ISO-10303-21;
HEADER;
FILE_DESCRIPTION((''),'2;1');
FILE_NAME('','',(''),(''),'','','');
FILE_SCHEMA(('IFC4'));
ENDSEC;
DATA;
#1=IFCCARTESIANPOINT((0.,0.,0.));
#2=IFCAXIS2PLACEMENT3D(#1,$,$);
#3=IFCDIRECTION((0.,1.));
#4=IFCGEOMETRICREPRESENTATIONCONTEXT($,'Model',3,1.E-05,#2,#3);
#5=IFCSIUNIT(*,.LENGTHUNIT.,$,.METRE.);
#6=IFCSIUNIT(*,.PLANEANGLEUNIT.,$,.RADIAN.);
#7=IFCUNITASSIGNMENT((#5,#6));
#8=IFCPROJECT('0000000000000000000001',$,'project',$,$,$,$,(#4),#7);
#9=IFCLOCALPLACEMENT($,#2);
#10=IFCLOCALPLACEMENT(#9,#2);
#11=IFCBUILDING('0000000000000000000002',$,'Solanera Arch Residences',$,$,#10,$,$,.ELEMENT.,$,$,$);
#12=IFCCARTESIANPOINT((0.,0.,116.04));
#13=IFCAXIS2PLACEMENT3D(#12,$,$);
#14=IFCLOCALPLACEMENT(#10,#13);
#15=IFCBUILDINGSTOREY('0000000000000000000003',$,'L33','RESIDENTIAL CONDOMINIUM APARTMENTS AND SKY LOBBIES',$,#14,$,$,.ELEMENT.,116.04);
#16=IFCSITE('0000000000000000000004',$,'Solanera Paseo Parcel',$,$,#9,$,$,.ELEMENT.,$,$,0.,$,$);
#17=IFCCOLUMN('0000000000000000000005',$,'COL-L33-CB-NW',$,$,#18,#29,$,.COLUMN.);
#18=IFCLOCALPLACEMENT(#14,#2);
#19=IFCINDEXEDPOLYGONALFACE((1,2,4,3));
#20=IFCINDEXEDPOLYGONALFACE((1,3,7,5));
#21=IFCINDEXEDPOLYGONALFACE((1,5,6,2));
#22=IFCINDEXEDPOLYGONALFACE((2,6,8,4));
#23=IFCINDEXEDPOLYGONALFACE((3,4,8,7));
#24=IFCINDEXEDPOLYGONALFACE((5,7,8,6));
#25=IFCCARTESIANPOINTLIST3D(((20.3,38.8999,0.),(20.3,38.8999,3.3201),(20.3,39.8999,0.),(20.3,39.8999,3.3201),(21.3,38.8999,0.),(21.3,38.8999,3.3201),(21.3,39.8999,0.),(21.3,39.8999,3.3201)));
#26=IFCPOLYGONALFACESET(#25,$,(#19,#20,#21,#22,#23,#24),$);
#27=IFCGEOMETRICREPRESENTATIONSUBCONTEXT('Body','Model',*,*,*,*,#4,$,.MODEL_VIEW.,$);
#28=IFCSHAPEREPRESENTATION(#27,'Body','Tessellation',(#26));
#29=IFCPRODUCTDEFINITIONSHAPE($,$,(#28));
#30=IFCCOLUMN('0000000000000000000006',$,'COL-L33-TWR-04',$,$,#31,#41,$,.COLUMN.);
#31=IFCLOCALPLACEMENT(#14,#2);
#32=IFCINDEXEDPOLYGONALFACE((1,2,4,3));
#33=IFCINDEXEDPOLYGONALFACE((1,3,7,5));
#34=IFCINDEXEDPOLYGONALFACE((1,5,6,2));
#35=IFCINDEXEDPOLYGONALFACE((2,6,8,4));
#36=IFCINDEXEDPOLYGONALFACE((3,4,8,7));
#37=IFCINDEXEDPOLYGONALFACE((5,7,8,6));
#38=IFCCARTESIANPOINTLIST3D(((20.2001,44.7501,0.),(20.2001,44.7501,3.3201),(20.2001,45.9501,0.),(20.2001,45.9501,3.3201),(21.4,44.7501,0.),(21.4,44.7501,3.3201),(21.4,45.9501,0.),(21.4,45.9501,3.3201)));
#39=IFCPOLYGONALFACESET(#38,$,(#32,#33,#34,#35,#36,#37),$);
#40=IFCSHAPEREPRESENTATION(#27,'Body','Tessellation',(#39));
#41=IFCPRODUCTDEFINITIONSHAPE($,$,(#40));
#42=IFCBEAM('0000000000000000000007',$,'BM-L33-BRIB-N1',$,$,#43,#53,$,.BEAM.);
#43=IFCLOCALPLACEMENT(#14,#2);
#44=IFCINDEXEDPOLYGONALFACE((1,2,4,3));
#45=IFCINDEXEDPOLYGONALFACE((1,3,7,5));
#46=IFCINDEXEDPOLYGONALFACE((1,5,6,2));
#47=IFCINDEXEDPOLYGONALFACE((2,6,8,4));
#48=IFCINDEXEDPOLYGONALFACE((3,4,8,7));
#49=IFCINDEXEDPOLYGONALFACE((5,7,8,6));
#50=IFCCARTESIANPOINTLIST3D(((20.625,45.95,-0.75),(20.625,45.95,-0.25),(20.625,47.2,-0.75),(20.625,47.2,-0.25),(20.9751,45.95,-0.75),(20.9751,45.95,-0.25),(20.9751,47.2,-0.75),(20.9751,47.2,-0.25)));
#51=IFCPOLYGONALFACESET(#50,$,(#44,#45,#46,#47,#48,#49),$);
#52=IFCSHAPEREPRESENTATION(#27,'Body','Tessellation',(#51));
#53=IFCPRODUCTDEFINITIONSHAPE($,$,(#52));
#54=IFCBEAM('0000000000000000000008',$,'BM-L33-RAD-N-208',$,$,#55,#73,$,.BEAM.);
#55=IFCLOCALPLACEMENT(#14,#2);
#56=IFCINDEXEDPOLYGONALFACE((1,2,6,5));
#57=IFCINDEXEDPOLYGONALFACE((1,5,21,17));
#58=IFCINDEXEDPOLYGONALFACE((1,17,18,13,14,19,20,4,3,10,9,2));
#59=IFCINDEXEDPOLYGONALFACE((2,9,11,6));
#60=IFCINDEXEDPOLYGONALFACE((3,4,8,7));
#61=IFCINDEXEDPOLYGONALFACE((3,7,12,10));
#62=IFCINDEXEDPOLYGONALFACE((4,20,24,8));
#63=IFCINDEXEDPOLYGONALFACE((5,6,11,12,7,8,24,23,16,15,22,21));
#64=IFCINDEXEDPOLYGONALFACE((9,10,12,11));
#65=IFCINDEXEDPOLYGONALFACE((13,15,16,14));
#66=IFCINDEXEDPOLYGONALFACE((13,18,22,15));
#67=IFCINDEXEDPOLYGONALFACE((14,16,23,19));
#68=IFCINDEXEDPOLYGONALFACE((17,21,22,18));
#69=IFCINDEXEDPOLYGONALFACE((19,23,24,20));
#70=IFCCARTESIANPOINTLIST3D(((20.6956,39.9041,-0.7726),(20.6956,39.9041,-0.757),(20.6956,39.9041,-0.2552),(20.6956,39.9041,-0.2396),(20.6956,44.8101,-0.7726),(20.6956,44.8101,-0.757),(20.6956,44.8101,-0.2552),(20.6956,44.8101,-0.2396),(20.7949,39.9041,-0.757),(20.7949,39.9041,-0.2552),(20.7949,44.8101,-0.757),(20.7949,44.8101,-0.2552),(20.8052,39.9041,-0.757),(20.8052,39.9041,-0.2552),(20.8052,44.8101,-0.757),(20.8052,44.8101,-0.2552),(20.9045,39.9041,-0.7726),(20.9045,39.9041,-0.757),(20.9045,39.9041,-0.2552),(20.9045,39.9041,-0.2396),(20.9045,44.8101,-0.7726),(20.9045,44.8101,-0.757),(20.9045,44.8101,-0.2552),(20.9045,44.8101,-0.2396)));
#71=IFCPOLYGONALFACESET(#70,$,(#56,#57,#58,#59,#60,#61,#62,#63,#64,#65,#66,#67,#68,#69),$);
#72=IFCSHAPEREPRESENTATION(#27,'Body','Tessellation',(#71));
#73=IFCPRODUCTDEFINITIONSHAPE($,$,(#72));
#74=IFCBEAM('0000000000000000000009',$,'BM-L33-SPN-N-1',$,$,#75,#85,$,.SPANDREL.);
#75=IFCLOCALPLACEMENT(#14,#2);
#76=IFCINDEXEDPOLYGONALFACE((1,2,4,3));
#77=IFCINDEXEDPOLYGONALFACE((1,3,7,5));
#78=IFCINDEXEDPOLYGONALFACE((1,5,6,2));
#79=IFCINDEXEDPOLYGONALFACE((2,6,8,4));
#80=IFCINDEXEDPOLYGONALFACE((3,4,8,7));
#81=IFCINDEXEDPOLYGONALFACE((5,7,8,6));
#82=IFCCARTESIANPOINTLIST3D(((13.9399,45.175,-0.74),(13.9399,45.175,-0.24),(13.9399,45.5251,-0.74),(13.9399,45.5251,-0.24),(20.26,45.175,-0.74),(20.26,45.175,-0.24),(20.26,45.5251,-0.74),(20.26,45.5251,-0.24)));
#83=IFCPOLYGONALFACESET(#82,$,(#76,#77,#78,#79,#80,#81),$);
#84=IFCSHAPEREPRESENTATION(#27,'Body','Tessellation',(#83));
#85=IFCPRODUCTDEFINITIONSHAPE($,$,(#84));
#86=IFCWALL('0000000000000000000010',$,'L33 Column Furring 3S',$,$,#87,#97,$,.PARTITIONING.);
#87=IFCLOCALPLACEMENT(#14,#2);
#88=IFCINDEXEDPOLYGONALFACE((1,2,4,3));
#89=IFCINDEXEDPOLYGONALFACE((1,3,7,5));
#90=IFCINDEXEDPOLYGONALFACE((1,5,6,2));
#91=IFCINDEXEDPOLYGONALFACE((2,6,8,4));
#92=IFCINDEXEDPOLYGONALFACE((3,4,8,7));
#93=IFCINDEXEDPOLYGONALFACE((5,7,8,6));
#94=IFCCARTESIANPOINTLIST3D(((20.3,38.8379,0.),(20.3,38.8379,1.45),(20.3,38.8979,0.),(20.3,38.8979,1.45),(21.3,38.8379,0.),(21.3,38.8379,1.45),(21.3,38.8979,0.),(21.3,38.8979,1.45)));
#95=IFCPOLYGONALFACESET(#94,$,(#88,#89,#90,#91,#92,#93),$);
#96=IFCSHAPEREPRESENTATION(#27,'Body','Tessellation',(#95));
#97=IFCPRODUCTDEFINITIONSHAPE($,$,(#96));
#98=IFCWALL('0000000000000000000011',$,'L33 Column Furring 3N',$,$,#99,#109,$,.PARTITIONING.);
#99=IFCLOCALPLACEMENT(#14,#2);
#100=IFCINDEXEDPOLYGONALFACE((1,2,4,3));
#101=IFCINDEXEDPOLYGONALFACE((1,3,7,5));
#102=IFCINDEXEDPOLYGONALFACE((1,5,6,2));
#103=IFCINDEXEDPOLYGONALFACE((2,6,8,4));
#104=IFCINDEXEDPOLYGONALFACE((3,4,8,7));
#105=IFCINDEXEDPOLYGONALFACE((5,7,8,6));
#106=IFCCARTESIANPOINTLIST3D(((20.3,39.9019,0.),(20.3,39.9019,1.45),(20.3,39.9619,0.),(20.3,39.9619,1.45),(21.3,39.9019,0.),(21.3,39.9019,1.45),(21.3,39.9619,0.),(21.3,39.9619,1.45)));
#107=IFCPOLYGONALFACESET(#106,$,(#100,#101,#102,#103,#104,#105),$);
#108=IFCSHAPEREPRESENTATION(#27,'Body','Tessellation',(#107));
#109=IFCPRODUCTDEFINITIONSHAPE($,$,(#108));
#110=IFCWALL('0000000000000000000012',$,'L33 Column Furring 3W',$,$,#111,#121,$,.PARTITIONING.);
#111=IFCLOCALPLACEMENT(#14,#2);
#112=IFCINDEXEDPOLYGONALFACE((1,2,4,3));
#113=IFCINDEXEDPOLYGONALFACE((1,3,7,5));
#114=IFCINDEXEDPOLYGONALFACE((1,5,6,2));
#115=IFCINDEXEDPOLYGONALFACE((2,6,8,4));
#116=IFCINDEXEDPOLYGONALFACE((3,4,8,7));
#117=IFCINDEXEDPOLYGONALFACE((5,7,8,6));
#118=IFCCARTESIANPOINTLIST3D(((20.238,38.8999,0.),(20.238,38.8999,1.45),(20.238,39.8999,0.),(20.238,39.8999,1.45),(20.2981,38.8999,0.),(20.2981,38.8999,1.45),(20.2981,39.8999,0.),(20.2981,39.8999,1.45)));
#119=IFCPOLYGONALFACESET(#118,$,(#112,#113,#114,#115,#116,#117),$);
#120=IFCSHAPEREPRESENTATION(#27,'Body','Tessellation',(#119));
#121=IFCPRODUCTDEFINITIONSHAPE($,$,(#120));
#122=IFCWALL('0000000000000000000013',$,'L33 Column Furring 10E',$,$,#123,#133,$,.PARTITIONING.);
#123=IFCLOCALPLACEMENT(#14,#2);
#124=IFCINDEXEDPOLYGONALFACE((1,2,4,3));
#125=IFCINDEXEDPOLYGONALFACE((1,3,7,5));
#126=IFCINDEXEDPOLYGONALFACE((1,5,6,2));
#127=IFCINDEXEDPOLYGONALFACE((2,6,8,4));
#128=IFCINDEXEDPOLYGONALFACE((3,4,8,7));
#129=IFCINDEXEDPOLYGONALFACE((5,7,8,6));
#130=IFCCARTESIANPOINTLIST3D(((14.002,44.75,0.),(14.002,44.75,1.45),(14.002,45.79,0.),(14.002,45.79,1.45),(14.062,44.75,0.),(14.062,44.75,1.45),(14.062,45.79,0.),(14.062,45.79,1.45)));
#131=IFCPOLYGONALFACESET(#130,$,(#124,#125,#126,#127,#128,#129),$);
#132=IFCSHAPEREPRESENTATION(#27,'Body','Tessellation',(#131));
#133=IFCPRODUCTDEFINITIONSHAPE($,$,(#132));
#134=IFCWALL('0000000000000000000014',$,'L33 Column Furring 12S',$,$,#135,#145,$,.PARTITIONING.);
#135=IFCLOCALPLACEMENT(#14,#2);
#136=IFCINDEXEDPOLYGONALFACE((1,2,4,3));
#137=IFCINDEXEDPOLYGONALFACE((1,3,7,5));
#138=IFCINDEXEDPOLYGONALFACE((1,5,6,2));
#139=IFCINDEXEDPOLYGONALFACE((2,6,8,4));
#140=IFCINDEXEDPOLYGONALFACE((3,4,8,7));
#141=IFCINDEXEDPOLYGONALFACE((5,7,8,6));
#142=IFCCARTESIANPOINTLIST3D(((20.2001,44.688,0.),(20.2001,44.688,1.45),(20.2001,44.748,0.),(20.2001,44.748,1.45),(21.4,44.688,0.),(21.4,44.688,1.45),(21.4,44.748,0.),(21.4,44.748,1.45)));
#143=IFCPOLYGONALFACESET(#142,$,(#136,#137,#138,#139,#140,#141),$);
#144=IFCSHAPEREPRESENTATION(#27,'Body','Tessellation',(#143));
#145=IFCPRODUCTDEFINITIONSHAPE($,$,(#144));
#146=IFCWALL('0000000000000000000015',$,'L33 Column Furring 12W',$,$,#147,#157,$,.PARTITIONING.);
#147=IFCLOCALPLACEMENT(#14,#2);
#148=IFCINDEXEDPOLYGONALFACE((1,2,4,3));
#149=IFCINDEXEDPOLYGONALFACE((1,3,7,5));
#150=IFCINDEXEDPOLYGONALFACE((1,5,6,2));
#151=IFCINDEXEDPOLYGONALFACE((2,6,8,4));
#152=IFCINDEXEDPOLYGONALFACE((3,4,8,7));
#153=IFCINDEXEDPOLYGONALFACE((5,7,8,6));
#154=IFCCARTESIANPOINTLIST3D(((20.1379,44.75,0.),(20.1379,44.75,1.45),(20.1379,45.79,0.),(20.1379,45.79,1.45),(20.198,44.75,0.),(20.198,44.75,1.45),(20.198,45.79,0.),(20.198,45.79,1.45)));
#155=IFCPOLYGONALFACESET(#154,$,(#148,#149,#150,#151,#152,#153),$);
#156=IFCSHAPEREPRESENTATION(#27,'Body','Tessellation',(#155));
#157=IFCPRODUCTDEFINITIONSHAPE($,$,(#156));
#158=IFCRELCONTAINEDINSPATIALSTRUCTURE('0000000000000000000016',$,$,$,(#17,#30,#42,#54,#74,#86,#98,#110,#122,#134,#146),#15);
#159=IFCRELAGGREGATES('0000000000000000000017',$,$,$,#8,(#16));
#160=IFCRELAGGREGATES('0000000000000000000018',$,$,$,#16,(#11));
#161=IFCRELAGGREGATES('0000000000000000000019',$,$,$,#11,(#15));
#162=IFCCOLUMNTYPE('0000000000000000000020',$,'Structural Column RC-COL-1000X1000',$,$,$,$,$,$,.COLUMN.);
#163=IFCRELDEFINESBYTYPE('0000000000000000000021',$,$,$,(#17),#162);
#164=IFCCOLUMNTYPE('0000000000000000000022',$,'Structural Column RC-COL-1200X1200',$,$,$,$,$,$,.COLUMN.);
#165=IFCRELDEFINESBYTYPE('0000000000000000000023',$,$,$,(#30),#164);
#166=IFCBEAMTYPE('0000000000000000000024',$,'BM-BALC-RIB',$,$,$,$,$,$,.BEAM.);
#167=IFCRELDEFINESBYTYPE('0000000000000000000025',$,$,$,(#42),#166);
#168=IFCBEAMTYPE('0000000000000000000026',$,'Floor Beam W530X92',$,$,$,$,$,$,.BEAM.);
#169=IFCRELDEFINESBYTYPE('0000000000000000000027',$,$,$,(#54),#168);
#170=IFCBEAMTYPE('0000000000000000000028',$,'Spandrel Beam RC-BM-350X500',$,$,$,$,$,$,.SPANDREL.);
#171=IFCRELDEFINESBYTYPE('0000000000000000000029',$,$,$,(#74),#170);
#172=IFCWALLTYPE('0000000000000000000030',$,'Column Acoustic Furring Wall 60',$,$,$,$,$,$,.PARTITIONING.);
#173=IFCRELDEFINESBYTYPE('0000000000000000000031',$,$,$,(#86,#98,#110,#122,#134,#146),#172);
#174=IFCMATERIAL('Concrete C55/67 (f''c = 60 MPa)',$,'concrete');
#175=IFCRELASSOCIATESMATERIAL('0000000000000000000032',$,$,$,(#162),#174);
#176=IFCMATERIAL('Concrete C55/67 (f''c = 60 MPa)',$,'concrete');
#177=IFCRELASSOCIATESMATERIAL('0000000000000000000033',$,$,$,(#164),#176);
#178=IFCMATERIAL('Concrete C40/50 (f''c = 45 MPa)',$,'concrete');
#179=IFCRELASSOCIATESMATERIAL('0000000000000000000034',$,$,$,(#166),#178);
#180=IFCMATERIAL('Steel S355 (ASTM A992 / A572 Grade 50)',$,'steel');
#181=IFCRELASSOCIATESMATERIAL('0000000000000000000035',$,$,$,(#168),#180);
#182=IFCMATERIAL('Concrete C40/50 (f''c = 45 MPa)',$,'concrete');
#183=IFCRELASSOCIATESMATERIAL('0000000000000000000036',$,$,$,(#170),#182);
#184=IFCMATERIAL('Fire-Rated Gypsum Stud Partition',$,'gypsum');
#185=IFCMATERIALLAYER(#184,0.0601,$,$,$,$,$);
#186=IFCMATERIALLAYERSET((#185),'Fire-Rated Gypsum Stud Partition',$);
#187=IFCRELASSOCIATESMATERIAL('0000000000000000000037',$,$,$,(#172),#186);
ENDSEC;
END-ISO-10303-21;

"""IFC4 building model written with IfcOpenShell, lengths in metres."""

from ifc_helpers import new_model, si_unit, direction, frame, frame_2d, origin, origin_2d, place, context, subcontext, project, spatial, rectangle, i_section, extrude, material, layer, layer_set, material_profile, profile_set, type_object, element, save


model = new_model("IFC4")

# Units and contexts
model_context = context("Model", 3, precision=1e-05, world=origin(), true_north=direction((0.0, 1.0)))
body_context = subcontext(model_context, "Body", "Model", "MODEL_VIEW")
ifc_project = project(units=[si_unit("LENGTHUNIT", "METRE"), si_unit("PLANEANGLEUNIT", "RADIAN")], contexts=[model_context])

# Site, building, storey
site_placement = place(None, origin())
site = spatial("IfcSite", under=ifc_project, at=site_placement, Name="Solanera Paseo Parcel", CompositionType="ELEMENT", RefElevation=0.0)
building_placement = place(site_placement, origin())
building = spatial("IfcBuilding", under=site, at=building_placement, Name="Solanera Arch Residences", CompositionType="ELEMENT")
storey_placement = place(building_placement, frame((0.0, 0.0, 116.04)))
storey = spatial("IfcBuildingStorey", under=building, at=storey_placement, Name="L33", Description="RESIDENTIAL CONDOMINIUM APARTMENTS AND SKY LOBBIES", CompositionType="ELEMENT", Elevation=116.04)

# Columns
ifc_material_1 = material(Name="Concrete C55/67 (f'c = 60 MPa)", Category="concrete")
ifc_material_profile_1 = material_profile(ifc_material_1, rectangle(XDim=1.0, YDim=1.0, at=origin_2d()))
ifc_profile_set_1 = profile_set([ifc_material_profile_1], Name="Concrete C55/67 (f'c = 60 MPa)")
column_type_1 = type_object("IfcColumnType", Name="Structural Column RC-COL-1000X1000", PredefinedType="COLUMN", material=ifc_profile_set_1)
column_1_placement = place(storey_placement, frame((20.8, 39.3999, 0.0), z_axis=(0.0, 0.0, 1.0), x_axis=(1.0, 0.0, 0.0)))
element("IfcColumn", 1, at=column_1_placement, inside=storey, type_object=column_type_1, Name="COL-L33-CB-NW", PredefinedType="COLUMN", context=body_context, shape_type="SweptSolid", body=[
    extrude(rectangle(XDim=1.0, YDim=1.0, at=origin_2d()), origin(), (0.0, 0.0, 1.0), 3.3201),
])
ifc_material_2 = material(Name="Concrete C55/67 (f'c = 60 MPa)", Category="concrete")
ifc_material_profile_2 = material_profile(ifc_material_2, rectangle(XDim=1.2, YDim=1.2, at=origin_2d()))
ifc_profile_set_2 = profile_set([ifc_material_profile_2], Name="Concrete C55/67 (f'c = 60 MPa)")
column_type_2 = type_object("IfcColumnType", Name="Structural Column RC-COL-1200X1200", PredefinedType="COLUMN", material=ifc_profile_set_2)
column_2_placement = place(storey_placement, frame((20.8, 45.3501, 0.0), z_axis=(0.0, 0.0, 1.0), x_axis=(1.0, 0.0, 0.0)))
element("IfcColumn", 2, at=column_2_placement, inside=storey, type_object=column_type_2, Name="COL-L33-TWR-04", PredefinedType="COLUMN", context=body_context, shape_type="SweptSolid", body=[
    extrude(rectangle(XDim=1.2, YDim=1.2, at=origin_2d()), origin(), (0.0, 0.0, 1.0), 3.3201),
])

# Beams
ifc_material_3 = material(Name="Concrete C40/50 (f'c = 45 MPa)", Category="concrete")
ifc_material_profile_3 = material_profile(ifc_material_3, rectangle(XDim=0.3501, YDim=0.5, at=origin_2d()))
ifc_profile_set_3 = profile_set([ifc_material_profile_3], Name="Concrete C40/50 (f'c = 45 MPa)")
beam_type_1 = type_object("IfcBeamType", Name="BM-BALC-RIB", PredefinedType="BEAM", material=ifc_profile_set_3)
beam_1_placement = place(storey_placement, frame((20.8, 45.95, -0.5), z_axis=(0.0, 1.0, 0.0), x_axis=(-1.0, 0.0, 0.0)))
element("IfcBeam", 3, at=beam_1_placement, inside=storey, type_object=beam_type_1, Name="BM-L33-BRIB-N1", PredefinedType="BEAM", context=body_context, shape_type="SweptSolid", body=[
    extrude(rectangle(XDim=0.3501, YDim=0.5, at=origin_2d()), origin(), (0.0, 0.0, 1.0), 1.25),
])
ifc_material_4 = material(Name="Steel S355 (ASTM A992 / A572 Grade 50)", Category="steel")
ifc_material_profile_4 = material_profile(ifc_material_4, i_section(OverallWidth=0.209, OverallDepth=0.533, WebThickness=0.0103, FlangeThickness=0.0156, at=origin_2d()))
ifc_profile_set_4 = profile_set([ifc_material_profile_4], Name="Steel S355 (ASTM A992 / A572 Grade 50)")
beam_type_2 = type_object("IfcBeamType", Name="Floor Beam W530X92", PredefinedType="BEAM", material=ifc_profile_set_4)
beam_2_placement = place(storey_placement, frame((20.8, 39.9041, -0.5061), z_axis=(0.0, 1.0, 0.0), x_axis=(-1.0, 0.0, 0.0)))
element("IfcBeam", 4, at=beam_2_placement, inside=storey, type_object=beam_type_2, Name="BM-L33-RAD-N-208", PredefinedType="BEAM", context=body_context, shape_type="SweptSolid", body=[
    extrude(i_section(OverallWidth=0.209, OverallDepth=0.533, WebThickness=0.0103, FlangeThickness=0.0156, at=origin_2d()), origin(), (0.0, 0.0, 1.0), 4.906),
])
ifc_material_5 = material(Name="Concrete C40/50 (f'c = 45 MPa)", Category="concrete")
ifc_material_profile_5 = material_profile(ifc_material_5, rectangle(XDim=0.3501, YDim=0.5, at=origin_2d()))
ifc_profile_set_5 = profile_set([ifc_material_profile_5], Name="Concrete C40/50 (f'c = 45 MPa)")
beam_type_3 = type_object("IfcBeamType", Name="Spandrel Beam RC-BM-350X500", PredefinedType="SPANDREL", material=ifc_profile_set_5)
beam_3_placement = place(storey_placement, frame((13.9399, 45.3501, -0.49), z_axis=(1.0, 0.0, 0.0), x_axis=(0.0, 1.0, 0.0)))
element("IfcBeam", 5, at=beam_3_placement, inside=storey, type_object=beam_type_3, Name="BM-L33-SPN-N-1", PredefinedType="SPANDREL", context=body_context, shape_type="SweptSolid", body=[
    extrude(rectangle(XDim=0.3501, YDim=0.5, at=origin_2d()), origin(), (0.0, 0.0, 1.0), 6.3201),
])

# Walls
ifc_material_6 = material(Name="Fire-Rated Gypsum Stud Partition", Category="gypsum")
ifc_layer_1 = layer(ifc_material_6, 0.0601)
ifc_layer_set_1 = layer_set([ifc_layer_1], Name="Fire-Rated Gypsum Stud Partition")
wall_type_1 = type_object("IfcWallType", Name="Column Acoustic Furring Wall 60", PredefinedType="PARTITIONING", material=ifc_layer_set_1)
for number, where, z_axis, x_axis, name in (
    (6, (20.3, 38.8679, 0.0), (0.0, 0.0, 1.0), (1.0, 0.0, 0.0), "L33 Column Furring 3S"),
    (7, (20.3, 39.9319, 0.0), (0.0, 0.0, 1.0), (1.0, 0.0, 0.0), "L33 Column Furring 3N"),
    (8, (20.2681, 38.8999, 0.0), (0.0, 0.0, 1.0), (0.0, 1.0, 0.0), "L33 Column Furring 3W"),
):
    element("IfcWall", number, at=place(storey_placement, frame(where, z_axis=z_axis, x_axis=x_axis)), inside=storey, type_object=wall_type_1, Name=name, PredefinedType="PARTITIONING", context=body_context, shape_type="SweptSolid", body=[
        extrude(rectangle(XDim=1.0, YDim=0.0601, at=frame_2d((0.5, 0.0))), origin(), (0.0, 0.0, 1.0), 1.45),
    ])
wall_1_placement = place(storey_placement, frame((14.032, 44.75, 0.0), z_axis=(0.0, 0.0, 1.0), x_axis=(0.0, 1.0, 0.0)))
element("IfcWall", 9, at=wall_1_placement, inside=storey, type_object=wall_type_1, Name="L33 Column Furring 10E", PredefinedType="PARTITIONING", context=body_context, shape_type="SweptSolid", body=[
    extrude(rectangle(XDim=1.04, YDim=0.0601, at=frame_2d((0.52, 0.0))), origin(), (0.0, 0.0, 1.0), 1.45),
])
wall_2_placement = place(storey_placement, frame((20.2, 44.718, 0.0), z_axis=(0.0, 0.0, 1.0), x_axis=(1.0, 0.0, 0.0)))
element("IfcWall", 10, at=wall_2_placement, inside=storey, type_object=wall_type_1, Name="L33 Column Furring 12S", PredefinedType="PARTITIONING", context=body_context, shape_type="SweptSolid", body=[
    extrude(rectangle(XDim=1.2, YDim=0.0601, at=frame_2d((0.6001, 0.0))), origin(), (0.0, 0.0, 1.0), 1.45),
])
wall_3_placement = place(storey_placement, frame((20.168, 44.75, 0.0), z_axis=(0.0, 0.0, 1.0), x_axis=(0.0, 1.0, 0.0)))
element("IfcWall", 11, at=wall_3_placement, inside=storey, type_object=wall_type_1, Name="L33 Column Furring 12W", PredefinedType="PARTITIONING", context=body_context, shape_type="SweptSolid", body=[
    extrude(rectangle(XDim=1.04, YDim=0.0601, at=frame_2d((0.52, 0.0))), origin(), (0.0, 0.0, 1.0), 1.45),
])

save(model, "model.ifc")
